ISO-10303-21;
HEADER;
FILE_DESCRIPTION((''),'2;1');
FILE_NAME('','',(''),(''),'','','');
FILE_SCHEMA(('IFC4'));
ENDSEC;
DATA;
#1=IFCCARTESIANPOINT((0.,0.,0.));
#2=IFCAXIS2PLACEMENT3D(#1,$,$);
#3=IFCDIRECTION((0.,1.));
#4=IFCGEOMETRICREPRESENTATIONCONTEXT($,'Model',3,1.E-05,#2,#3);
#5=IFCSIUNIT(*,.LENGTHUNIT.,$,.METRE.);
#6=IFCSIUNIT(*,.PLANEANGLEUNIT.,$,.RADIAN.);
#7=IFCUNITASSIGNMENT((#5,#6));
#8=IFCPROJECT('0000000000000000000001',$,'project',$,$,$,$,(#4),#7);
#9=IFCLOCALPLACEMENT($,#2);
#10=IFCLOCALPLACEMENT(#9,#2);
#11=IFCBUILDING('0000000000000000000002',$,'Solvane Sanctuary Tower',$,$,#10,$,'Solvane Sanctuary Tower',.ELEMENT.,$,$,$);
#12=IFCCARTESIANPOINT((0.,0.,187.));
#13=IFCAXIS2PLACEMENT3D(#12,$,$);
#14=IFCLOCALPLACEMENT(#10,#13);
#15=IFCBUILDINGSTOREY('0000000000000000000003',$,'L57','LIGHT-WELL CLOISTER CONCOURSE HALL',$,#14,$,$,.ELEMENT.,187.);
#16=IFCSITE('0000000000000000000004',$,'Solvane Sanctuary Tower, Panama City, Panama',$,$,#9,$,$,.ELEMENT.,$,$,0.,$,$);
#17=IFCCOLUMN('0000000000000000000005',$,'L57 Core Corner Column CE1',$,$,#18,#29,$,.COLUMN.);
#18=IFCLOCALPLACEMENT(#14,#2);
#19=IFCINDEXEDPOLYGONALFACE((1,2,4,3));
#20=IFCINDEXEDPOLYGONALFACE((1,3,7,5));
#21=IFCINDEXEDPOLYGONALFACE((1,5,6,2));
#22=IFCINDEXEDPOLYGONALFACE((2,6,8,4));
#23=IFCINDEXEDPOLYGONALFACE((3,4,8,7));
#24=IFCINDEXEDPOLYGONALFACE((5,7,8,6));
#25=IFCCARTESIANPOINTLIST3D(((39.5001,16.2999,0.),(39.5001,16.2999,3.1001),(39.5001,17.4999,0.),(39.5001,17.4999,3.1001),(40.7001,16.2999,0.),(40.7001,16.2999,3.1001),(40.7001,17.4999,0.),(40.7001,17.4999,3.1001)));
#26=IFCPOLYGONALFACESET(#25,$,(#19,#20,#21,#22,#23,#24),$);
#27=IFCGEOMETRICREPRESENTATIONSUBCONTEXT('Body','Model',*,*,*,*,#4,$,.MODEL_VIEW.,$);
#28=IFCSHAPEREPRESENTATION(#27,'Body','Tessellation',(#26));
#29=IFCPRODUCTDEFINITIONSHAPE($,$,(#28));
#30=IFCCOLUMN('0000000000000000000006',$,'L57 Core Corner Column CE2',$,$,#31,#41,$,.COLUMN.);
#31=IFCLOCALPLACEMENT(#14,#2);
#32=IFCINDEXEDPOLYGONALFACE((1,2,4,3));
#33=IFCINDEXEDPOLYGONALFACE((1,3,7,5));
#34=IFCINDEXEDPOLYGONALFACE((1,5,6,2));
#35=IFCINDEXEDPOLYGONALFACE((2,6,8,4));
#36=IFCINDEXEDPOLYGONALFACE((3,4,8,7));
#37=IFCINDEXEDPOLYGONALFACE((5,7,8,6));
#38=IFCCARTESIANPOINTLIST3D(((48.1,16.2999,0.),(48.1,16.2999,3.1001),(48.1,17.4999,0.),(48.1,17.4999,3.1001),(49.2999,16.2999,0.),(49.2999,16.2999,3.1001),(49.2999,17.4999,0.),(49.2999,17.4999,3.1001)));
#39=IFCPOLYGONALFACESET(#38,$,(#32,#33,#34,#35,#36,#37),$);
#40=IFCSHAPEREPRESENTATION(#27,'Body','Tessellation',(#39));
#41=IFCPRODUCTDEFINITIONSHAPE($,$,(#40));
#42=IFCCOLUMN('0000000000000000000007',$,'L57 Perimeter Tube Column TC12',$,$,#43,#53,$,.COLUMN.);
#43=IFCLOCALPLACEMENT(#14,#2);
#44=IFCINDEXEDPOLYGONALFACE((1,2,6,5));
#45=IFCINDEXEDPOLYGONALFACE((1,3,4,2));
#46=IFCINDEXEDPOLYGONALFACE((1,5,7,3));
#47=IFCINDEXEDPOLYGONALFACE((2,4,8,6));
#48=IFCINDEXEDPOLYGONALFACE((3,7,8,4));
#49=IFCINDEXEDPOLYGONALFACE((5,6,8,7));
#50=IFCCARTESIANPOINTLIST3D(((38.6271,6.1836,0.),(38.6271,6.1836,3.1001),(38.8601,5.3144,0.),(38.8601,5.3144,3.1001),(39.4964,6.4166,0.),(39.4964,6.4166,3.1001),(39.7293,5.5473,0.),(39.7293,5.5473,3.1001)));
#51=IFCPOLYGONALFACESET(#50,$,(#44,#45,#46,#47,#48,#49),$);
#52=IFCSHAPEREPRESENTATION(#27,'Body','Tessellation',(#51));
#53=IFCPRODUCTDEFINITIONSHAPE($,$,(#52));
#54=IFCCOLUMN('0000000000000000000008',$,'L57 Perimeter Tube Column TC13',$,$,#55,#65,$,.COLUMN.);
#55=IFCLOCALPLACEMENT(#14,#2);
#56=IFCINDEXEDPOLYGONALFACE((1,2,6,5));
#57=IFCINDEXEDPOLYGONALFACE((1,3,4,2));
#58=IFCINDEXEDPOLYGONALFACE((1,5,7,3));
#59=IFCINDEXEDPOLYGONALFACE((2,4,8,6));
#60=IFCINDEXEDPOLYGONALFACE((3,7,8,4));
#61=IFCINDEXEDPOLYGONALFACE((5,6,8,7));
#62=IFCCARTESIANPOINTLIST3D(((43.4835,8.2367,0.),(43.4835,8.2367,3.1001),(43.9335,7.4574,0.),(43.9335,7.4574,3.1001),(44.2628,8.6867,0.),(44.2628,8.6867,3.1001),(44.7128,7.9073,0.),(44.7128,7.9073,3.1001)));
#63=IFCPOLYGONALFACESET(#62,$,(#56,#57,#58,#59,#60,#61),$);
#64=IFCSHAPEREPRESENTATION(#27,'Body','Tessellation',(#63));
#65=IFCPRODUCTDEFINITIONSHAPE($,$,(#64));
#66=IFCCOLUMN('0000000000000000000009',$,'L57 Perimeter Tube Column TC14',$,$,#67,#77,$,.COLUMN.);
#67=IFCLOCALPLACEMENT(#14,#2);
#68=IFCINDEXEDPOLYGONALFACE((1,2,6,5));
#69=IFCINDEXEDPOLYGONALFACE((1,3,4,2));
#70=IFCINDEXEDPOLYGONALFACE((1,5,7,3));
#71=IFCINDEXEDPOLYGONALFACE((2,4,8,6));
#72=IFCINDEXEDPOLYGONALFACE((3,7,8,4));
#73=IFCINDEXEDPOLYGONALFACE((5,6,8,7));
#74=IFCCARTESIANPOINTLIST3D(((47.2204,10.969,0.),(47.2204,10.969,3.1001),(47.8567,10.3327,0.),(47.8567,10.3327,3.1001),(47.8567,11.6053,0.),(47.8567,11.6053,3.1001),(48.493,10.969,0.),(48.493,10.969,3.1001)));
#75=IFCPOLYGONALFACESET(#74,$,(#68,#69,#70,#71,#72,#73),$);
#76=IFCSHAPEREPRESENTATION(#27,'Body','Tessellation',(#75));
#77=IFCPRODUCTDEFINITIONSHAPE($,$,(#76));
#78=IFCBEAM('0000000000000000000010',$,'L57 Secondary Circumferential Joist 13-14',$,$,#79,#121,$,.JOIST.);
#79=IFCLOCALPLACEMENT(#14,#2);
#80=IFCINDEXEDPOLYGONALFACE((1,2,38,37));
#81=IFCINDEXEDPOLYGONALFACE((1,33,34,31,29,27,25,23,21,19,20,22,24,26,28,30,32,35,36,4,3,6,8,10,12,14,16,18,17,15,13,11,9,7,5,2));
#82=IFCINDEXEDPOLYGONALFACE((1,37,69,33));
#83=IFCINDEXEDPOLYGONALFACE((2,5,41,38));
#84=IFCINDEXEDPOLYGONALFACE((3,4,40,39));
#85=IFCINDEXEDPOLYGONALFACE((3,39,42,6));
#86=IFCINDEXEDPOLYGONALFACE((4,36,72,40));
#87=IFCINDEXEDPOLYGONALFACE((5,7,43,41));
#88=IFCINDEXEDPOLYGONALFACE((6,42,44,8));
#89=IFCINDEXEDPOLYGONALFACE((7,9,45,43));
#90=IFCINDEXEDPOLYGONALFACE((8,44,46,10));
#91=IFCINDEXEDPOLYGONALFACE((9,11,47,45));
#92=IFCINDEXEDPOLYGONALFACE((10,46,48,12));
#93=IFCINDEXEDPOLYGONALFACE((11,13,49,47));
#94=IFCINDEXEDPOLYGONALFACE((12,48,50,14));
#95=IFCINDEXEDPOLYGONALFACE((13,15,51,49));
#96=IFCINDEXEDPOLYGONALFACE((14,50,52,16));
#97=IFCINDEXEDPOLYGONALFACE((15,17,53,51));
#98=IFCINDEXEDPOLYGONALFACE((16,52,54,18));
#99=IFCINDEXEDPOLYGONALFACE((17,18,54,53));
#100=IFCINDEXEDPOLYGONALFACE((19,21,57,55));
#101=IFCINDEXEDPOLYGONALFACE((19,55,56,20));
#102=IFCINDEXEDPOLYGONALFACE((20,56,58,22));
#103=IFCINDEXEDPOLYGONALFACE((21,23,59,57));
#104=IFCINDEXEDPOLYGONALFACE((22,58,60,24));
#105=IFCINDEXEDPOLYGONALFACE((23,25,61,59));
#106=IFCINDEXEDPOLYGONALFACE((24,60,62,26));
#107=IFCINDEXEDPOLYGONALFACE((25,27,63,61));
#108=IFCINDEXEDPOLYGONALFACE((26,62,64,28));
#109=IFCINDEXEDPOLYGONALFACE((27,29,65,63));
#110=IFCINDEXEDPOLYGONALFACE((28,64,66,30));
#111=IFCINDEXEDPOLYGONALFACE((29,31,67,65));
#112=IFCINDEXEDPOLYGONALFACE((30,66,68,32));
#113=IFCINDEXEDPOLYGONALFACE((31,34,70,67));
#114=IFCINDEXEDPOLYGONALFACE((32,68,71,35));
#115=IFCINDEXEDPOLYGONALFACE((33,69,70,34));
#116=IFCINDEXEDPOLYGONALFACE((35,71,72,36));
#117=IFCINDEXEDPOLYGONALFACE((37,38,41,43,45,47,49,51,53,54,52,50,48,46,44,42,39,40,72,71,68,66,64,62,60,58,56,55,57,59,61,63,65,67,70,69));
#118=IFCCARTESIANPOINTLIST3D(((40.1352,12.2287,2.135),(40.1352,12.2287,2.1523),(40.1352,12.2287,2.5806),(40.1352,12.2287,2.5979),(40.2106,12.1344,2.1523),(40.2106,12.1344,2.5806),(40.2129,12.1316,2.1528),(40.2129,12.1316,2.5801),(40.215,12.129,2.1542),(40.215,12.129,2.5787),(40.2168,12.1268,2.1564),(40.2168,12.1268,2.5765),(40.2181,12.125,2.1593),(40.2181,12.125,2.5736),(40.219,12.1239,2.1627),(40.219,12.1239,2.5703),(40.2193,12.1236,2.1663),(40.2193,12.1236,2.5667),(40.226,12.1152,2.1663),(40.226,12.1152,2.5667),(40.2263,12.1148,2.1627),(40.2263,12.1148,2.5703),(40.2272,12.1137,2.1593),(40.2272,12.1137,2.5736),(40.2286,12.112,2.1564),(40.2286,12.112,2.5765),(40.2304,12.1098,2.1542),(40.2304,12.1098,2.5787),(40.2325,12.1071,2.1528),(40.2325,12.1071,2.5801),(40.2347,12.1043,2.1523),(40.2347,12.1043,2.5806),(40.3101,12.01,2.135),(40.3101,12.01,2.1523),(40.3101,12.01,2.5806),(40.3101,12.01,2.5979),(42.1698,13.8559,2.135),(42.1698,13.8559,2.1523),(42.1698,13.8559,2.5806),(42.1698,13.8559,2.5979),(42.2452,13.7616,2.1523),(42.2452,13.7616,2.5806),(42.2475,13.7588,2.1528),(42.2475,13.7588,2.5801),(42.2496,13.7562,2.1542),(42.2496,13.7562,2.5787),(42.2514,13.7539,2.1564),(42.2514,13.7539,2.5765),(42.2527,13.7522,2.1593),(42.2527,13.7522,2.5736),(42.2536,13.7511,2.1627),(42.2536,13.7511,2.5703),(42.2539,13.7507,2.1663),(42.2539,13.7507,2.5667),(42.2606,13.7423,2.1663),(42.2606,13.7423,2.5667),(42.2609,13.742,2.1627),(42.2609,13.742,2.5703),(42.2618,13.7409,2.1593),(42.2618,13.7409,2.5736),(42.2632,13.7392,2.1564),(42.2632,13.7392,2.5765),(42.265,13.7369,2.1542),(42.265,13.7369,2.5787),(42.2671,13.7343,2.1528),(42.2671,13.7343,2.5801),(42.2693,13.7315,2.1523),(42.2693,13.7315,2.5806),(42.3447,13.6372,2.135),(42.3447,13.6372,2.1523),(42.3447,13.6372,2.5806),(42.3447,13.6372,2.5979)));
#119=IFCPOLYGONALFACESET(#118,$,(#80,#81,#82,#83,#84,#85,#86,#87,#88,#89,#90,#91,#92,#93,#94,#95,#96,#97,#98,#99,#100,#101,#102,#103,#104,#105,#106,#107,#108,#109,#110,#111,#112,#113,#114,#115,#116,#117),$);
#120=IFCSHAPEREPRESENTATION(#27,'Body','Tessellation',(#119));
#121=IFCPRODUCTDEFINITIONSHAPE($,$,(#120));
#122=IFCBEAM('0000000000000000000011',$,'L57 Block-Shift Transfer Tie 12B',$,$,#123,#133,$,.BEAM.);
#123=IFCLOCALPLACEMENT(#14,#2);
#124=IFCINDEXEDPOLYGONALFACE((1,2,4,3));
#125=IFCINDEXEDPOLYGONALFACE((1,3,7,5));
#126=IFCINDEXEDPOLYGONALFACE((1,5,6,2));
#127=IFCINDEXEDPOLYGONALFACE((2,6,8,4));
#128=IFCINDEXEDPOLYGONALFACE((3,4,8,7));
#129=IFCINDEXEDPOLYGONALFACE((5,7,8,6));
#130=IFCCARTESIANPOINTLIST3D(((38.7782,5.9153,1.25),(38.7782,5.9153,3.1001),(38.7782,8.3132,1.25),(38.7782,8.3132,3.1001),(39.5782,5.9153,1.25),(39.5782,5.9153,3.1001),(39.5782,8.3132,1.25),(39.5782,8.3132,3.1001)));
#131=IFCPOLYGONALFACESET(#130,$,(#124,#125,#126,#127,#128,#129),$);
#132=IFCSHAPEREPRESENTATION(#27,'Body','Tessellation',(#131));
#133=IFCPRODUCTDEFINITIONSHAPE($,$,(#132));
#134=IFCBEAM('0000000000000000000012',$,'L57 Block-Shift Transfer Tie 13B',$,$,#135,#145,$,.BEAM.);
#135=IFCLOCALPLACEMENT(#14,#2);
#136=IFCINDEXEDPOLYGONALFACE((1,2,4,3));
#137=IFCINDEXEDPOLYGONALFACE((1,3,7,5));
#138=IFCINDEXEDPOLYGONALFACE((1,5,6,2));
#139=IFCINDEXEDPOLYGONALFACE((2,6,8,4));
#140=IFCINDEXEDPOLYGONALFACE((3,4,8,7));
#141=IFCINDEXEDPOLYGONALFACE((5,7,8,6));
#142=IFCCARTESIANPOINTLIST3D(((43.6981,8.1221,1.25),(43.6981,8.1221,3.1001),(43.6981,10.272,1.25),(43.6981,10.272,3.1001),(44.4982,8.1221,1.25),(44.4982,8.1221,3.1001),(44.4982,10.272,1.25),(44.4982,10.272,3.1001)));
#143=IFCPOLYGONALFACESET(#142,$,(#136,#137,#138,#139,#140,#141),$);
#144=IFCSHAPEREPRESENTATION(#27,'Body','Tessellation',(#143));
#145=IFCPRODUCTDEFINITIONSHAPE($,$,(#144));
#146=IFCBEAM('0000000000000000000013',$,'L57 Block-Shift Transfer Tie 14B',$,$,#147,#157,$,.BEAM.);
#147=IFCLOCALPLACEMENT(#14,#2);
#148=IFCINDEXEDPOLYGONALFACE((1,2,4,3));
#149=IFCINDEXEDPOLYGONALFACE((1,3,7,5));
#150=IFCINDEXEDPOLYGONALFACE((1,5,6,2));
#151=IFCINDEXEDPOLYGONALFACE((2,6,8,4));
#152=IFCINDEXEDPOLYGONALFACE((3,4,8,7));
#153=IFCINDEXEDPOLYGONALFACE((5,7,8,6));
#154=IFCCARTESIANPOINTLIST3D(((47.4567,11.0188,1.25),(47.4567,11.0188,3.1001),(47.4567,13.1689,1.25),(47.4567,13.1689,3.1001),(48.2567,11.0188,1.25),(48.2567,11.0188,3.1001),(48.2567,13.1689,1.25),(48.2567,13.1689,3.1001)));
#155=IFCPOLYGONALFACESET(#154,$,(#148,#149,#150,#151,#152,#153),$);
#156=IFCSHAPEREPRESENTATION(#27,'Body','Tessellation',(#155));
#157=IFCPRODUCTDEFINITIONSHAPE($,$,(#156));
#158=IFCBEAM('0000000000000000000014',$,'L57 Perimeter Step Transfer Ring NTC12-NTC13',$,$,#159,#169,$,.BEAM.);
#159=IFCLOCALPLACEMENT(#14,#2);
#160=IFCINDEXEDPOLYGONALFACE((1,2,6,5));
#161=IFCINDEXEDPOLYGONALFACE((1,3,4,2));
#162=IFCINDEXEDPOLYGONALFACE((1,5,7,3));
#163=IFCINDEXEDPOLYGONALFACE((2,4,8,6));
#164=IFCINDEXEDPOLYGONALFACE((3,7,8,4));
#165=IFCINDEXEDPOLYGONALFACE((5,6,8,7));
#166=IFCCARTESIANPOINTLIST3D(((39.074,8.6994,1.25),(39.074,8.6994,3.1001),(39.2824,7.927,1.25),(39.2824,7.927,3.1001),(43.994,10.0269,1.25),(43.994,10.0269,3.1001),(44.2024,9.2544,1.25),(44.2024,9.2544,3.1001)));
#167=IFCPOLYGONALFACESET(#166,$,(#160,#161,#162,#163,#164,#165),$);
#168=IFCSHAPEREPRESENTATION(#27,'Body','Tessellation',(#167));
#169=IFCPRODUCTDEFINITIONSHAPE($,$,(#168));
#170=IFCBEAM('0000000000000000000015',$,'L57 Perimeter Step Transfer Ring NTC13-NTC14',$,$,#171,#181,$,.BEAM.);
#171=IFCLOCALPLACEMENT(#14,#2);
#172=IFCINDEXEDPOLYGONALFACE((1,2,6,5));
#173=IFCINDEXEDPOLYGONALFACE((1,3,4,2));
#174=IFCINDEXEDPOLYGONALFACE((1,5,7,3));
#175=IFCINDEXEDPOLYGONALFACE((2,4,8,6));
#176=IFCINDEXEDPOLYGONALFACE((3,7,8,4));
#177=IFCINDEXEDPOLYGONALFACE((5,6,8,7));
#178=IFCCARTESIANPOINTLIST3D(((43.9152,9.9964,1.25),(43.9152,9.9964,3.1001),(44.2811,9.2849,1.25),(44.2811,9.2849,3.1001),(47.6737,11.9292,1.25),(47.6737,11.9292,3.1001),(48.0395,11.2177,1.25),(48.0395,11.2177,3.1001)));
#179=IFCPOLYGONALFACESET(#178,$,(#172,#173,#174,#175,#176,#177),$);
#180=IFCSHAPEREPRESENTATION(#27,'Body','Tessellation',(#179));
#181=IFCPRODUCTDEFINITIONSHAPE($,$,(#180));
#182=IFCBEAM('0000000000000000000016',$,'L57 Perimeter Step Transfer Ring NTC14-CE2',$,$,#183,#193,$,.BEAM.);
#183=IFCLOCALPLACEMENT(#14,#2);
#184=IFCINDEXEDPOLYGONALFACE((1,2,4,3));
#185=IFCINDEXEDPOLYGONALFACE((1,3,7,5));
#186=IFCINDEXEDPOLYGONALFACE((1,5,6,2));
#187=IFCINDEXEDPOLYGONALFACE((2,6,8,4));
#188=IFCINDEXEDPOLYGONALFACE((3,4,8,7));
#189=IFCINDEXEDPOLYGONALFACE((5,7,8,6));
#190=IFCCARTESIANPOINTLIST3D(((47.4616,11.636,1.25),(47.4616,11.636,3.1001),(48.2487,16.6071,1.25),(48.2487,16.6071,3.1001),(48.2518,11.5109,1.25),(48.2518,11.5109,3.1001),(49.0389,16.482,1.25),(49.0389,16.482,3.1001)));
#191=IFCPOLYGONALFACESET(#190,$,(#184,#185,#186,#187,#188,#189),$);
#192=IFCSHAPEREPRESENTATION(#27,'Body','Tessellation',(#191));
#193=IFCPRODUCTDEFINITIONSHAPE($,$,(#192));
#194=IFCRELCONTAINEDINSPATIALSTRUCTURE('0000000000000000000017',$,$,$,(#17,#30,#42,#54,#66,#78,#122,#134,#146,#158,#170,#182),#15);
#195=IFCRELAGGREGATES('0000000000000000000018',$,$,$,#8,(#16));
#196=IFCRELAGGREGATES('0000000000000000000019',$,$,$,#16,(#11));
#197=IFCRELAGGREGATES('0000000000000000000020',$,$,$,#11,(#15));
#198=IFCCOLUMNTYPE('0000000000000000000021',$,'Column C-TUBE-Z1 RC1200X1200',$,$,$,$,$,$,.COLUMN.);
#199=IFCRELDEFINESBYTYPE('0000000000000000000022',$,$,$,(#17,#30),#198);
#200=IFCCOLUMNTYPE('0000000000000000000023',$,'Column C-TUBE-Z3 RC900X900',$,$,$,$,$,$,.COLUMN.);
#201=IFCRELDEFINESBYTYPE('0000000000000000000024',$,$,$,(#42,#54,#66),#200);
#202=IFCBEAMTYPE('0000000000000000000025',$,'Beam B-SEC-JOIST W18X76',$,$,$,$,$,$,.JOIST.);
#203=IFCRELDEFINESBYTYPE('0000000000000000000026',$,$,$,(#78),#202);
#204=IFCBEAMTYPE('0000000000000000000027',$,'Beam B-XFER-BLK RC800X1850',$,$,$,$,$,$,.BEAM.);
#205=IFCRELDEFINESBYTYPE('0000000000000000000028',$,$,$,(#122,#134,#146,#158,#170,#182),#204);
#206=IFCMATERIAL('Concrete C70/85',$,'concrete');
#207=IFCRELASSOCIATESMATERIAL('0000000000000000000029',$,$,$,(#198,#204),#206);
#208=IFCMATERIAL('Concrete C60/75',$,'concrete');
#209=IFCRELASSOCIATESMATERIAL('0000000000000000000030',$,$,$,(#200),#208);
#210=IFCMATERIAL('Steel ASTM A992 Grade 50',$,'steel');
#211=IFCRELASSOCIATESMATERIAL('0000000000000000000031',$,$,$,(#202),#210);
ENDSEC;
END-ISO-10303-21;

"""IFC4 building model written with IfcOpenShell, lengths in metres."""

from ifc_helpers import new_model, si_unit, direction, frame, origin, origin_2d, place, context, subcontext, project, spatial, rectangle, i_section, extrude, material, material_profile, profile_set, type_object, element, save


model = new_model("IFC4")

# Units and contexts
model_context = context("Model", 3, precision=1e-05, world=origin(), true_north=direction((0.0, 1.0)))
body_context = subcontext(model_context, "Body", "Model", "MODEL_VIEW")
ifc_project = project(units=[si_unit("LENGTHUNIT", "METRE"), si_unit("PLANEANGLEUNIT", "RADIAN")], contexts=[model_context])

# Site, building, storey
site_placement = place(None, origin())
site = spatial("IfcSite", under=ifc_project, at=site_placement, Name="Solvane Sanctuary Tower, Panama City, Panama", CompositionType="ELEMENT", RefElevation=0.0)
building_placement = place(site_placement, origin())
building = spatial("IfcBuilding", under=site, at=building_placement, Name="Solvane Sanctuary Tower", LongName="Solvane Sanctuary Tower", CompositionType="ELEMENT")
storey_placement = place(building_placement, frame((0.0, 0.0, 187.0)))
storey = spatial("IfcBuildingStorey", under=building, at=storey_placement, Name="L57", Description="LIGHT-WELL CLOISTER CONCOURSE HALL", CompositionType="ELEMENT", Elevation=187.0)

# Columns
ifc_material_1 = material(Name="Concrete C70/85", Category="concrete")
ifc_material_profile_1 = material_profile(ifc_material_1, rectangle(XDim=1.2, YDim=1.2, at=origin_2d()), Name="RC1200X1200")
ifc_profile_set_1 = profile_set([ifc_material_profile_1], Name="Concrete C70/85")
column_type_1 = type_object("IfcColumnType", Name="Column C-TUBE-Z1 RC1200X1200", PredefinedType="COLUMN", material=ifc_profile_set_1)
for number, where, z_axis, x_axis, name in (
    (1, (40.1001, 16.8999, 0.0), (0.0, 0.0, 1.0), (1.0, 0.0, 0.0), "L57 Core Corner Column CE1"),
    (2, (48.7, 16.8999, 0.0), (0.0, 0.0, 1.0), (1.0, 0.0, 0.0), "L57 Core Corner Column CE2"),
):
    element("IfcColumn", number, at=place(storey_placement, frame(where, z_axis=z_axis, x_axis=x_axis)), inside=storey, type_object=column_type_1, Name=name, PredefinedType="COLUMN", context=body_context, shape_type="SweptSolid", body=[
        extrude(rectangle(XDim=1.2, YDim=1.2, at=origin_2d()), origin(), (0.0, 0.0, 1.0), 3.1001),
    ])
ifc_material_2 = material(Name="Concrete C60/75", Category="concrete")
ifc_material_profile_2 = material_profile(ifc_material_2, rectangle(XDim=0.8999, YDim=0.8999, at=origin_2d()), Name="RC900X900")
ifc_profile_set_2 = profile_set([ifc_material_profile_2], Name="Concrete C60/75")
column_type_2 = type_object("IfcColumnType", Name="Column C-TUBE-Z3 RC900X900", PredefinedType="COLUMN", material=ifc_profile_set_2)
for number, where, z_axis, x_axis, name in (
    (3, (39.1782, 5.8655, 0.0), (0.0, 0.0, 1.0), (0.258819, -0.965926, 0.0), "L57 Perimeter Tube Column TC12"),
    (4, (44.0981, 8.072, 0.0), (0.0, 0.0, 1.0), (0.5, -0.866025, 0.0), "L57 Perimeter Tube Column TC13"),
    (5, (47.8567, 10.969, 0.0), (0.0, 0.0, 1.0), (0.707107, -0.707107, 0.0), "L57 Perimeter Tube Column TC14"),
):
    element("IfcColumn", number, at=place(storey_placement, frame(where, z_axis=z_axis, x_axis=x_axis)), inside=storey, type_object=column_type_2, Name=name, PredefinedType="COLUMN", context=body_context, shape_type="SweptSolid", body=[
        extrude(rectangle(XDim=0.8999, YDim=0.8999, at=origin_2d()), origin(), (0.0, 0.0, 1.0), 3.1001),
    ])

# Beams
ifc_material_3 = material(Name="Steel ASTM A992 Grade 50", Category="steel")
ifc_material_profile_3 = material_profile(ifc_material_3, i_section(OverallWidth=0.28, OverallDepth=0.4629, WebThickness=0.0107, FlangeThickness=0.0173, FilletRadius=0.0139, at=origin_2d()), Name="W18X76")
ifc_profile_set_3 = profile_set([ifc_material_profile_3], Name="Steel ASTM A992 Grade 50")
beam_type_1 = type_object("IfcBeamType", Name="Beam B-SEC-JOIST W18X76", PredefinedType="JOIST", material=ifc_profile_set_3)
beam_1_placement = place(storey_placement, frame((40.2227, 12.1194, 2.3665), z_axis=(0.780969, 0.624569, 0.0), x_axis=(-0.624569, 0.780969, 0.0)))
element("IfcBeam", 6, at=beam_1_placement, inside=storey, type_object=beam_type_1, Name="L57 Secondary Circumferential Joist 13-14", PredefinedType="JOIST", context=body_context, shape_type="SweptSolid", body=[
    extrude(i_section(OverallWidth=0.28, OverallDepth=0.4629, WebThickness=0.0107, FlangeThickness=0.0173, FilletRadius=0.0139, at=origin_2d()), origin(), (0.0, 0.0, 1.0), 2.6052),
])
ifc_material_profile_4 = material_profile(ifc_material_1, rectangle(XDim=0.8, YDim=1.8501, at=origin_2d()), Name="RC800X1850")
ifc_profile_set_4 = profile_set([ifc_material_profile_4], Name="Concrete C70/85")
beam_type_2 = type_object("IfcBeamType", Name="Beam B-XFER-BLK RC800X1850", PredefinedType="BEAM", material=ifc_profile_set_4)
beam_2_placement = place(storey_placement, frame((39.1782, 5.9153, 2.175), z_axis=(0.0, 1.0, 0.0), x_axis=(-1.0, 0.0, 0.0)))
element("IfcBeam", 7, at=beam_2_placement, inside=storey, type_object=beam_type_2, Name="L57 Block-Shift Transfer Tie 12B", PredefinedType="BEAM", context=body_context, shape_type="SweptSolid", body=[
    extrude(rectangle(XDim=0.8, YDim=1.8501, at=origin_2d()), origin(), (0.0, 0.0, 1.0), 2.3979),
])
beam_3_placement = place(storey_placement, frame((44.0981, 8.1221, 2.175), z_axis=(0.0, 1.0, 0.0), x_axis=(-1.0, 0.0, 0.0)))
element("IfcBeam", 8, at=beam_3_placement, inside=storey, type_object=beam_type_2, Name="L57 Block-Shift Transfer Tie 13B", PredefinedType="BEAM", context=body_context, shape_type="SweptSolid", body=[
    extrude(rectangle(XDim=0.8, YDim=1.8501, at=origin_2d()), origin(), (0.0, 0.0, 1.0), 2.1499),
])
beam_4_placement = place(storey_placement, frame((47.8567, 11.0188, 2.175), z_axis=(0.0, 1.0, 0.0), x_axis=(-1.0, 0.0, 0.0)))
element("IfcBeam", 9, at=beam_4_placement, inside=storey, type_object=beam_type_2, Name="L57 Block-Shift Transfer Tie 14B", PredefinedType="BEAM", context=body_context, shape_type="SweptSolid", body=[
    extrude(rectangle(XDim=0.8, YDim=1.8501, at=origin_2d()), origin(), (0.0, 0.0, 1.0), 2.1501),
])
beam_5_placement = place(storey_placement, frame((39.1782, 8.3132, 2.175), z_axis=(0.965478, 0.260485, 0.0), x_axis=(-0.260485, 0.965478, 0.0)))
element("IfcBeam", 10, at=beam_5_placement, inside=storey, type_object=beam_type_2, Name="L57 Perimeter Step Transfer Ring NTC12-NTC13", PredefinedType="BEAM", context=body_context, shape_type="SweptSolid", body=[
    extrude(rectangle(XDim=0.8, YDim=1.8501, at=origin_2d()), origin(), (0.0, 0.0, 1.0), 5.0959),
])
beam_6_placement = place(storey_placement, frame((44.0981, 9.6406, 2.175), z_axis=(0.889298, 0.457328, 0.0), x_axis=(-0.457328, 0.889298, 0.0)))
element("IfcBeam", 11, at=beam_6_placement, inside=storey, type_object=beam_type_2, Name="L57 Perimeter Step Transfer Ring NTC13-NTC14", PredefinedType="BEAM", context=body_context, shape_type="SweptSolid", body=[
    extrude(rectangle(XDim=0.8, YDim=1.8501, at=origin_2d()), origin(), (0.0, 0.0, 1.0), 4.2263),
])
beam_7_placement = place(storey_placement, frame((47.8567, 11.5735, 2.175), z_axis=(0.156394, 0.987695, 0.0), x_axis=(-0.987695, 0.156394, 0.0)))
element("IfcBeam", 12, at=beam_7_placement, inside=storey, type_object=beam_type_2, Name="L57 Perimeter Step Transfer Ring NTC14-CE2", PredefinedType="BEAM", context=body_context, shape_type="SweptSolid", body=[
    extrude(rectangle(XDim=0.8, YDim=1.8501, at=origin_2d()), origin(), (0.0, 0.0, 1.0), 5.033),
])

save(model, "model.ifc")
